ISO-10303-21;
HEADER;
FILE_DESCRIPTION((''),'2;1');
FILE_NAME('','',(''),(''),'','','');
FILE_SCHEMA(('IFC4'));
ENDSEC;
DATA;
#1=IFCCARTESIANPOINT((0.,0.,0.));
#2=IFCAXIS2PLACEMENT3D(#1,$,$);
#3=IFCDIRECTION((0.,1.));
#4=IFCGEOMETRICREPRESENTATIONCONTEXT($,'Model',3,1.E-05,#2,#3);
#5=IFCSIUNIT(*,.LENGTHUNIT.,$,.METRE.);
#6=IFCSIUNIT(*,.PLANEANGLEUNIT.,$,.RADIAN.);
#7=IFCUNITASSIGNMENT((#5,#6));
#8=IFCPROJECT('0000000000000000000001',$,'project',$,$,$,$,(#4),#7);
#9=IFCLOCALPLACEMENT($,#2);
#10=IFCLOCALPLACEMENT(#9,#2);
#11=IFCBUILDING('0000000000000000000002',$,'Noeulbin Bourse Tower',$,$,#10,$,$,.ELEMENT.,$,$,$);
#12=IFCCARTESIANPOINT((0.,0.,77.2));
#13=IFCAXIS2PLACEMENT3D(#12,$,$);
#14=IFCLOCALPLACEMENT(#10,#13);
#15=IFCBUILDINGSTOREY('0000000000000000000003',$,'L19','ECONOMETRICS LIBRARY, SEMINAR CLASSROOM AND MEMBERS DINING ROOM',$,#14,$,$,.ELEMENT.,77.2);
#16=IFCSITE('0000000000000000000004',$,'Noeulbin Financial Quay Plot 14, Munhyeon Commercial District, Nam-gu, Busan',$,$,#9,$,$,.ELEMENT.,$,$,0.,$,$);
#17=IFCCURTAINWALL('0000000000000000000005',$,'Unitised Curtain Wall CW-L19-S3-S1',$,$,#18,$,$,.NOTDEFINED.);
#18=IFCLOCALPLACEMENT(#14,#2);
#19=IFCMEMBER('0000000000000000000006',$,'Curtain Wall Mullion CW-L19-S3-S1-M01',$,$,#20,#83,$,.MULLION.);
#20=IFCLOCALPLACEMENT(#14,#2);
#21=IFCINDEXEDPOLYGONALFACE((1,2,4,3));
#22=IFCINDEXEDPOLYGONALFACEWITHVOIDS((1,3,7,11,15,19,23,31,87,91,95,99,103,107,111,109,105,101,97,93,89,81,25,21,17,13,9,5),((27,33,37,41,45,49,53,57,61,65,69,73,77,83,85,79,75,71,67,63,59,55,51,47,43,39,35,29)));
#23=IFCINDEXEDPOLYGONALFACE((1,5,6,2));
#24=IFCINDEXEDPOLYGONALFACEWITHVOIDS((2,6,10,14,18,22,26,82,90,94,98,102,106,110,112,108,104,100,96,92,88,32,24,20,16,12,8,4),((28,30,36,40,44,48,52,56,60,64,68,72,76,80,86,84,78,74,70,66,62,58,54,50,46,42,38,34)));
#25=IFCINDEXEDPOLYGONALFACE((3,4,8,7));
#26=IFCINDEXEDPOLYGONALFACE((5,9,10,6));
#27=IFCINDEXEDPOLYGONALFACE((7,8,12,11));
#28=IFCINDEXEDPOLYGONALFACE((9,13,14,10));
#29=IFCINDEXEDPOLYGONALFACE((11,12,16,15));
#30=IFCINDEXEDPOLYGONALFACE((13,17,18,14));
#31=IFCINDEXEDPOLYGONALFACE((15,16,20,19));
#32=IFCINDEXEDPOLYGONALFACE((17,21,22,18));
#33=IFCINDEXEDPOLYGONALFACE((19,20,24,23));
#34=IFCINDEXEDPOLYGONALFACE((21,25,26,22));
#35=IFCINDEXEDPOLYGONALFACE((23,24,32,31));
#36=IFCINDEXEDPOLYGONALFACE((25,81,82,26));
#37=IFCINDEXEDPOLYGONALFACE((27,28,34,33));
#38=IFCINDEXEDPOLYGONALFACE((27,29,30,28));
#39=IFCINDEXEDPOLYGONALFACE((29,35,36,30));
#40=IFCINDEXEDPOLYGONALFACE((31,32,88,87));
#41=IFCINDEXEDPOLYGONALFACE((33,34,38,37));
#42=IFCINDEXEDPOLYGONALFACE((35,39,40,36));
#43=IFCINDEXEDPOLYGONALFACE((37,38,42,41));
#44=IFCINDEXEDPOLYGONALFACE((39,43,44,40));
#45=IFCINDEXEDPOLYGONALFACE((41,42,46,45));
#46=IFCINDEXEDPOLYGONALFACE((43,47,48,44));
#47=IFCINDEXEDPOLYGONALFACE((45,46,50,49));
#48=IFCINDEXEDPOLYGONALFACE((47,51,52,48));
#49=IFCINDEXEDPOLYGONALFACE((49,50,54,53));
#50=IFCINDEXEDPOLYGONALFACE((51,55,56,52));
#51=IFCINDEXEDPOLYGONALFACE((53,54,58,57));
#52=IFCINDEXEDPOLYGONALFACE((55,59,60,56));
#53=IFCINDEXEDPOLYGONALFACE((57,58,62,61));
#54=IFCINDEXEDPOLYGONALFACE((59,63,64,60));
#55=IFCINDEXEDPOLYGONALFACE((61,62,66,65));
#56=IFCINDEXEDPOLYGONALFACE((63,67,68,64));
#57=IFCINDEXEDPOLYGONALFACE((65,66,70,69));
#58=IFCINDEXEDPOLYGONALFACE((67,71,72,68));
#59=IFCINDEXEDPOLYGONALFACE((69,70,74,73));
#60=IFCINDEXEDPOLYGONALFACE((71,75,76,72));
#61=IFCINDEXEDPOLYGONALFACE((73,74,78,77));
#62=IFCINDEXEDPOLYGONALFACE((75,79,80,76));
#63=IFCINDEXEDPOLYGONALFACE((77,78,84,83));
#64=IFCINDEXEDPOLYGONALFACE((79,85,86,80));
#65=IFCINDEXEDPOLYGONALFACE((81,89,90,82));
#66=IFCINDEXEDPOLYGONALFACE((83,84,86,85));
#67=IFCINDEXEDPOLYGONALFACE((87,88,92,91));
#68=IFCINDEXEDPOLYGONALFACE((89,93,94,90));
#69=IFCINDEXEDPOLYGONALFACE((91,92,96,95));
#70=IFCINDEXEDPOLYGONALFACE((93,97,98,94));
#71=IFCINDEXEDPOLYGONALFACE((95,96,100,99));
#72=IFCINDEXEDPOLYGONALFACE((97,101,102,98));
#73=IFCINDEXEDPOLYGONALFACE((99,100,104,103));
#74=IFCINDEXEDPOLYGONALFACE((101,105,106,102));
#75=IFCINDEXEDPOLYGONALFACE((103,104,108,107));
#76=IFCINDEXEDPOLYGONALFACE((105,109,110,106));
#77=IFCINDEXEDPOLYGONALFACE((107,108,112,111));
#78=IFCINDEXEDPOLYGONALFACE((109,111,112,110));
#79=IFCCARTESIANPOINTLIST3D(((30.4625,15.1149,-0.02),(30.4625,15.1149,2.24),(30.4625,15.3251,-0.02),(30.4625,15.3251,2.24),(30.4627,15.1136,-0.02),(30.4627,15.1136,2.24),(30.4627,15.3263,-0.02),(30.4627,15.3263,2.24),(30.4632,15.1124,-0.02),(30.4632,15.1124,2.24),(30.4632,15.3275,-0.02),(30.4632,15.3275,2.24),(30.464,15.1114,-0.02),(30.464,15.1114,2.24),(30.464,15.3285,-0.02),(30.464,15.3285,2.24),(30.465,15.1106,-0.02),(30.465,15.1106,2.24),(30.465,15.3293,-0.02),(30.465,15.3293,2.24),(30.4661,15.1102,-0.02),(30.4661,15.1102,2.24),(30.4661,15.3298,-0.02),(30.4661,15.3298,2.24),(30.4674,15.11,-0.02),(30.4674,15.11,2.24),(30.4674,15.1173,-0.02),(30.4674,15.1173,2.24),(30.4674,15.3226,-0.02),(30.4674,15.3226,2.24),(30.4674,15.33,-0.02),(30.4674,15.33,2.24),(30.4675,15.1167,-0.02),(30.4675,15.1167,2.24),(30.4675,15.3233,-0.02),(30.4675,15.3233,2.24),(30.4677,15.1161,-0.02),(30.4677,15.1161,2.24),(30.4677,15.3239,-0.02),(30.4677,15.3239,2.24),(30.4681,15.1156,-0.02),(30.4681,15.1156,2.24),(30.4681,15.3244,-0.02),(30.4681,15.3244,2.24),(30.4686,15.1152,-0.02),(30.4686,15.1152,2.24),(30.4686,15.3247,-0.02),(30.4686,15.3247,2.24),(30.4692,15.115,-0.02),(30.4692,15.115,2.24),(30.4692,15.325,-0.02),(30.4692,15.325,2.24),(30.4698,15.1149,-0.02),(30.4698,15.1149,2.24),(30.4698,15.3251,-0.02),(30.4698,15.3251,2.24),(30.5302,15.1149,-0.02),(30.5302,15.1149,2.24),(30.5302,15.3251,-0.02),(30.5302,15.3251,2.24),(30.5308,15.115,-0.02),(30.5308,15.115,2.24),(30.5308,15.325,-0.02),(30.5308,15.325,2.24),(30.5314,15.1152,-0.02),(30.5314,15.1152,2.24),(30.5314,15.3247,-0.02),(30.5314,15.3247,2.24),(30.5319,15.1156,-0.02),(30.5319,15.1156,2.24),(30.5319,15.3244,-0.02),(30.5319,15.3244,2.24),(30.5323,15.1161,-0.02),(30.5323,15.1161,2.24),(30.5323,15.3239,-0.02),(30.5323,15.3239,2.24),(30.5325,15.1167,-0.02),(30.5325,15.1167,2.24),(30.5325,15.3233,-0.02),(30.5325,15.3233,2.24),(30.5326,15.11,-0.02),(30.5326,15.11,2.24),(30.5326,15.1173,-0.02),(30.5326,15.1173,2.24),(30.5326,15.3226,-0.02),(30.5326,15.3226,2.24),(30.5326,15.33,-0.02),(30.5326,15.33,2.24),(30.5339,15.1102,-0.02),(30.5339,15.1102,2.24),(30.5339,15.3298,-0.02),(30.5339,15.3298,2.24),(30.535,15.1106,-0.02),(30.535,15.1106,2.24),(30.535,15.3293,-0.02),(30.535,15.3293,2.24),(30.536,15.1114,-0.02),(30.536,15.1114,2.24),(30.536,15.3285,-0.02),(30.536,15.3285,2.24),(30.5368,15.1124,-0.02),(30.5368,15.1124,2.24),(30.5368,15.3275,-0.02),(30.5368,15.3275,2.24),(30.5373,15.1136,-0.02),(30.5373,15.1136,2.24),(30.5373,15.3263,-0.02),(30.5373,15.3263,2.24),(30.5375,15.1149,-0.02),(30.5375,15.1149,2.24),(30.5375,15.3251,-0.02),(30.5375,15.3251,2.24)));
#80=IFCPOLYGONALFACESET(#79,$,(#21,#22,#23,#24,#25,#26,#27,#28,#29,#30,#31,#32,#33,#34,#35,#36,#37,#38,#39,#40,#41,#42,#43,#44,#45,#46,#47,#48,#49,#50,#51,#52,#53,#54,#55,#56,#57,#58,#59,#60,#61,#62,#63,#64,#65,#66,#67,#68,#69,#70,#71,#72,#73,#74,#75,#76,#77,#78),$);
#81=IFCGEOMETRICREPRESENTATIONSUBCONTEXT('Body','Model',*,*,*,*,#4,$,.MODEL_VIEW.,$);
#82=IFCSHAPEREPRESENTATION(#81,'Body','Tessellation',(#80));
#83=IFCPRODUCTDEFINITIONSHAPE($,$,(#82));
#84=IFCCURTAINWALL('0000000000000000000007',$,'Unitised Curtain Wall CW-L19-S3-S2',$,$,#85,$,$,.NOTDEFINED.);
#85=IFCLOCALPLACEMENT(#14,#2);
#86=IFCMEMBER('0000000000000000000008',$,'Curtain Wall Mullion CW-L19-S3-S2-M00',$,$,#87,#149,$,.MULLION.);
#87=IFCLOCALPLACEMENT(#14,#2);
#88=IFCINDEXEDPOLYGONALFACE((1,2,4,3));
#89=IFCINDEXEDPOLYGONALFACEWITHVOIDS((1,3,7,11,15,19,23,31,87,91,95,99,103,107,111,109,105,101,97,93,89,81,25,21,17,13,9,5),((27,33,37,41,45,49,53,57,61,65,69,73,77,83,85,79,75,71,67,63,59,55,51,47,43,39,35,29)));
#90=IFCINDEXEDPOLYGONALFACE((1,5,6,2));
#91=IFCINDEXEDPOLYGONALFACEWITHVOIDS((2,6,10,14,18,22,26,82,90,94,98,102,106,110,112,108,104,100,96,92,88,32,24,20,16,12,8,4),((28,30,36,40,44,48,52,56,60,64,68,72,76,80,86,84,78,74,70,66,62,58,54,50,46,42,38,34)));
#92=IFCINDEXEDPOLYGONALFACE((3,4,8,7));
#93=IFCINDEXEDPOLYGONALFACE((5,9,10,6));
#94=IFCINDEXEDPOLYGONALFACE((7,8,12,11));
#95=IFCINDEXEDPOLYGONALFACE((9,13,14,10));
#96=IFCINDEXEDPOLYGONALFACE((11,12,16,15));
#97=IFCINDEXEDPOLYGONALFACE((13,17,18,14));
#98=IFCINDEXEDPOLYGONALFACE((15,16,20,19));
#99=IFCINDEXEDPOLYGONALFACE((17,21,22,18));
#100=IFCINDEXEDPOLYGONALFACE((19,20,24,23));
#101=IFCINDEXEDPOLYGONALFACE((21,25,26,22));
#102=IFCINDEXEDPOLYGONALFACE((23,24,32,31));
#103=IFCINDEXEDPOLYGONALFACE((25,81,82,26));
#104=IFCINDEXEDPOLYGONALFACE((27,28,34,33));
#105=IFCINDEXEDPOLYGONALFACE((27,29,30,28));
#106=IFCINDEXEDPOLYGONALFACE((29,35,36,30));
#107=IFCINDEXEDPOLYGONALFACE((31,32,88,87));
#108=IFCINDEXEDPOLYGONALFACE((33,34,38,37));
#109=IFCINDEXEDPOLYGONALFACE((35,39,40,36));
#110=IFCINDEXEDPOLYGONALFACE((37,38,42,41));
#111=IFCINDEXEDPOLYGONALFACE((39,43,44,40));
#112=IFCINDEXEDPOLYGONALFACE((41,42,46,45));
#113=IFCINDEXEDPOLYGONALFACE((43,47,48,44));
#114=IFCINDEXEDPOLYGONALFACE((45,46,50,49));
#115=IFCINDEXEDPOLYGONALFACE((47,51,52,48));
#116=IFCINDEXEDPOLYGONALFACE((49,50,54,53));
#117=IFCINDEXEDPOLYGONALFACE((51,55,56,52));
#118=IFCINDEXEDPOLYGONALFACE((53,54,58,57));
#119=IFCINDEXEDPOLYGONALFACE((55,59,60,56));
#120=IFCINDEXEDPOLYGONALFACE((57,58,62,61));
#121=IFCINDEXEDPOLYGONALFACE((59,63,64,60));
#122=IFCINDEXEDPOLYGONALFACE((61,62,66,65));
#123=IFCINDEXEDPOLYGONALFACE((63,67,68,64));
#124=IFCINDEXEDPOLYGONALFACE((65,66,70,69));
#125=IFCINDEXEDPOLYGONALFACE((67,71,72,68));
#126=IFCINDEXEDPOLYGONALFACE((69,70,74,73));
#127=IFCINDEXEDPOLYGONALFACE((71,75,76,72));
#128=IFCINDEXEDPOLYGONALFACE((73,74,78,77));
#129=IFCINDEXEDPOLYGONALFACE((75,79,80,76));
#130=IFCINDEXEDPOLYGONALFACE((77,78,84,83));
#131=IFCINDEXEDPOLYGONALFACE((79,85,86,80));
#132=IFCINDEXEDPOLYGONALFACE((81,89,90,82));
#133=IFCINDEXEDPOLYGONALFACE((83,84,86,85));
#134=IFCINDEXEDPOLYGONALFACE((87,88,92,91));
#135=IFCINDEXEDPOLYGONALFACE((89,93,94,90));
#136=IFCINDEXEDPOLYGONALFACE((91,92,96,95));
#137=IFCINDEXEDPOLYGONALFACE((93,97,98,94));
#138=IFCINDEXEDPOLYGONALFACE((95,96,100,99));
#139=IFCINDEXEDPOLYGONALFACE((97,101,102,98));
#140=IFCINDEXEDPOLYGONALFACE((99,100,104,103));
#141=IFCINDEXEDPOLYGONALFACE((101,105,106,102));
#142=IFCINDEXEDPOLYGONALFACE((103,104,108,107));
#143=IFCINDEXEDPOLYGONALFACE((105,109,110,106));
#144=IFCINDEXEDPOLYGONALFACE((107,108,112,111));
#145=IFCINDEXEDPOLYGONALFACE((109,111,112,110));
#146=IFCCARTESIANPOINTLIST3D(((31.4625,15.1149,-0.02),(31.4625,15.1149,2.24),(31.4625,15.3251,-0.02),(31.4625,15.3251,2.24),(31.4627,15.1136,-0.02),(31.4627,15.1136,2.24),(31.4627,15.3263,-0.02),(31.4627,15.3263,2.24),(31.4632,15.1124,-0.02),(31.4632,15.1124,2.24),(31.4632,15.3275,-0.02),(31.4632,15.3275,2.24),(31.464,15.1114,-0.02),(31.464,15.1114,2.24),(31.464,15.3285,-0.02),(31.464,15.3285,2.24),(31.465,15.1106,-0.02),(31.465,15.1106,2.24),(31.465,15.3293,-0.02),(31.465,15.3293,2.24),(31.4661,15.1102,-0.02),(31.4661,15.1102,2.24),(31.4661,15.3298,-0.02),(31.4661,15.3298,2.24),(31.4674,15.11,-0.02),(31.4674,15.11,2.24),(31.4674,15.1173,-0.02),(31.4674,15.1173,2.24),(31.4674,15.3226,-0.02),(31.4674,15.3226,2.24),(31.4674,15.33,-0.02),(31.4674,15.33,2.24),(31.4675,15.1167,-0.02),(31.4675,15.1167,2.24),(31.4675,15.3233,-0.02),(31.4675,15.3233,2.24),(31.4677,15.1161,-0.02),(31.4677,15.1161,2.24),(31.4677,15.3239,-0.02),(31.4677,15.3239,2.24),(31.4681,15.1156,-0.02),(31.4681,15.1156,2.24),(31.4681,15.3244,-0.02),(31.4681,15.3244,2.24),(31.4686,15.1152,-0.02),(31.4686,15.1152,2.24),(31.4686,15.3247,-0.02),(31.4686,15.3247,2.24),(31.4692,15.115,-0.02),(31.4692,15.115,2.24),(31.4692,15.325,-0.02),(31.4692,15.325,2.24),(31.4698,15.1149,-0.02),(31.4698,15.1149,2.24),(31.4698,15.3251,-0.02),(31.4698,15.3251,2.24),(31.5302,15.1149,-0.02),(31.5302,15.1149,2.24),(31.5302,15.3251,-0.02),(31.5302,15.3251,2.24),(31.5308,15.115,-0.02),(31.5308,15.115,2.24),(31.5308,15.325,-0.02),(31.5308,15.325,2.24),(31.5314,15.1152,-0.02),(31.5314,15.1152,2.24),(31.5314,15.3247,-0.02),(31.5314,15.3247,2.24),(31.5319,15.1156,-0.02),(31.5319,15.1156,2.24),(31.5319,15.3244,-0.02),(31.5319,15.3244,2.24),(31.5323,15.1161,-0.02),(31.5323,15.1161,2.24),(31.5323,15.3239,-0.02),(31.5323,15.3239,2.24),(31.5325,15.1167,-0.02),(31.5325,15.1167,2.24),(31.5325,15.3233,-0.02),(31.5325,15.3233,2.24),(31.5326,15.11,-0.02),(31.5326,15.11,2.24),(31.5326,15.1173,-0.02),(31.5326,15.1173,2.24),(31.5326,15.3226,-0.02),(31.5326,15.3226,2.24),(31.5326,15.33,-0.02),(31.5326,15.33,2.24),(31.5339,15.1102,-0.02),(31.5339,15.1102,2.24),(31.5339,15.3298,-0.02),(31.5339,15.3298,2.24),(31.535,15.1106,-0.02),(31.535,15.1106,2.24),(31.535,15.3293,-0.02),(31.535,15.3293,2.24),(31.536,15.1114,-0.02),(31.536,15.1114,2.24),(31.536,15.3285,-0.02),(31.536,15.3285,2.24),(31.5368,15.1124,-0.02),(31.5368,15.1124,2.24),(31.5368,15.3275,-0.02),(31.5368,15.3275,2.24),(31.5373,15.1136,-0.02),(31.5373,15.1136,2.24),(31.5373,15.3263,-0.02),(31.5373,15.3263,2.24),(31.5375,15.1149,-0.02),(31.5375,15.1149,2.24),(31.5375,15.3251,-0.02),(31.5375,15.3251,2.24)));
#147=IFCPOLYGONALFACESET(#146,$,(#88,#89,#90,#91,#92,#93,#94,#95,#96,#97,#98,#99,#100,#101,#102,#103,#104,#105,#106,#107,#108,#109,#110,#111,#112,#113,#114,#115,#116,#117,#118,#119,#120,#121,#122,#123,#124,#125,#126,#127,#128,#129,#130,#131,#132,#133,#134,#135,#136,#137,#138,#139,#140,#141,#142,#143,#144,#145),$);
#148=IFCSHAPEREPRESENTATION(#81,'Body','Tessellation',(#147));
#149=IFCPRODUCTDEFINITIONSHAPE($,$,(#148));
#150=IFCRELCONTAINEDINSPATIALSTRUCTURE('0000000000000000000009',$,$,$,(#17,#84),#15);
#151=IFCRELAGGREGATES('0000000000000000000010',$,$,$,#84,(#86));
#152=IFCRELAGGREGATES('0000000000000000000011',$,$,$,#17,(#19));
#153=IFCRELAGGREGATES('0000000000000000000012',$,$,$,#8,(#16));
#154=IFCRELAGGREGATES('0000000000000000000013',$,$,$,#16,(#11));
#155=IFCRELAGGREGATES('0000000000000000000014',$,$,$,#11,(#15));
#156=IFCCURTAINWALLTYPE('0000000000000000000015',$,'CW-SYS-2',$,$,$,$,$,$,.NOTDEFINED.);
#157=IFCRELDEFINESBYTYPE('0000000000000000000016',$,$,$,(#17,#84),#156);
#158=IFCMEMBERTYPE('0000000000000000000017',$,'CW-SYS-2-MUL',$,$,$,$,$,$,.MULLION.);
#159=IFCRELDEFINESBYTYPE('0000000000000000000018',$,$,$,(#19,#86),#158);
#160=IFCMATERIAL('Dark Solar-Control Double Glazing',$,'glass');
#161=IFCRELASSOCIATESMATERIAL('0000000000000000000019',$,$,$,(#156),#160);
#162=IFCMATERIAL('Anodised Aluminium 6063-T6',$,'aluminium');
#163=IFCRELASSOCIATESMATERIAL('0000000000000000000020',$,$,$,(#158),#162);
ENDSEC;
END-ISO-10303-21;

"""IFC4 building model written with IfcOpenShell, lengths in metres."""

from ifc_helpers import new_model, si_unit, direction, frame, origin, origin_2d, place, context, subcontext, project, spatial, hollow_rectangle, extrude, material, material_profile, profile_set, type_object, element, aggregate, save


model = new_model("IFC4")

# Units and contexts
model_context = context("Model", 3, precision=1e-05, world=origin(), true_north=direction((0.0, 1.0)))
body_context = subcontext(model_context, "Body", "Model", "MODEL_VIEW")
ifc_project = project(units=[si_unit("LENGTHUNIT", "METRE"), si_unit("PLANEANGLEUNIT", "RADIAN")], contexts=[model_context])

# Site, building, storey
site_placement = place(None, origin())
site = spatial("IfcSite", under=ifc_project, at=site_placement, Name="Noeulbin Financial Quay Plot 14, Munhyeon Commercial District, Nam-gu, Busan", CompositionType="ELEMENT", RefElevation=0.0)
building_placement = place(site_placement, origin())
building = spatial("IfcBuilding", under=site, at=building_placement, Name="Noeulbin Bourse Tower", CompositionType="ELEMENT")
storey_placement = place(building_placement, frame((0.0, 0.0, 77.2)))
storey = spatial("IfcBuildingStorey", under=building, at=storey_placement, Name="L19", Description="ECONOMETRICS LIBRARY, SEMINAR CLASSROOM AND MEMBERS DINING ROOM", CompositionType="ELEMENT", Elevation=77.2)

# Shared definitions
ifc_material_1 = material(Name="Dark Solar-Control Double Glazing", Category="glass")
curtain_wall_type = type_object("IfcCurtainWallType", Name="CW-SYS-2", PredefinedType="NOTDEFINED", material=ifc_material_1)
ifc_material_2 = material(Name="Anodised Aluminium 6063-T6", Category="aluminium")
ifc_material_profile_1 = material_profile(ifc_material_2, hollow_rectangle(XDim=0.075, YDim=0.22, WallThickness=0.0049, InnerFilletRadius=0.0024, OuterFilletRadius=0.0049, at=origin_2d()), Name="ALU-MULL-75x220x5", Category="LoadBearing")
ifc_profile_set_1 = profile_set([ifc_material_profile_1], Name="Anodised Aluminium 6063-T6")
member_type_1 = type_object("IfcMemberType", Name="CW-SYS-2-MUL", PredefinedType="MULLION", material=ifc_profile_set_1)

# Curtain wall, member
curtain_wall_1_placement = place(storey_placement, origin())
curtain_wall_1 = element("IfcCurtainWall", 1, at=curtain_wall_1_placement, inside=storey, type_object=curtain_wall_type, Name="Unitised Curtain Wall CW-L19-S3-S1", PredefinedType="NOTDEFINED")
member_1_placement = place(storey_placement, frame((30.5, 15.22, -0.02), z_axis=(0.0, 0.0, 1.0), x_axis=(1.0, 0.0, 0.0)))
member_1 = element("IfcMember", 2, at=member_1_placement, type_object=member_type_1, Name="Curtain Wall Mullion CW-L19-S3-S1-M01", PredefinedType="MULLION", context=body_context, shape_type="SweptSolid", body=[
    extrude(hollow_rectangle(XDim=0.075, YDim=0.22, WallThickness=0.0049, InnerFilletRadius=0.0024, OuterFilletRadius=0.0049, at=origin_2d()), origin(), (0.0, 0.0, 1.0), 2.26),
])

# Curtain wall, member
curtain_wall_2_placement = place(storey_placement, origin())
curtain_wall_2 = element("IfcCurtainWall", 3, at=curtain_wall_2_placement, inside=storey, type_object=curtain_wall_type, Name="Unitised Curtain Wall CW-L19-S3-S2", PredefinedType="NOTDEFINED")
member_2_placement = place(storey_placement, frame((31.5, 15.22, -0.02), z_axis=(0.0, 0.0, 1.0), x_axis=(1.0, 0.0, 0.0)))
member_2 = element("IfcMember", 4, at=member_2_placement, type_object=member_type_1, Name="Curtain Wall Mullion CW-L19-S3-S2-M00", PredefinedType="MULLION", context=body_context, shape_type="SweptSolid", body=[
    extrude(hollow_rectangle(XDim=0.075, YDim=0.22, WallThickness=0.0049, InnerFilletRadius=0.0024, OuterFilletRadius=0.0049, at=origin_2d()), origin(), (0.0, 0.0, 1.0), 2.26),
])

aggregate(curtain_wall_2, [member_2])

aggregate(curtain_wall_1, [member_1])

save(model, "model.ifc")
